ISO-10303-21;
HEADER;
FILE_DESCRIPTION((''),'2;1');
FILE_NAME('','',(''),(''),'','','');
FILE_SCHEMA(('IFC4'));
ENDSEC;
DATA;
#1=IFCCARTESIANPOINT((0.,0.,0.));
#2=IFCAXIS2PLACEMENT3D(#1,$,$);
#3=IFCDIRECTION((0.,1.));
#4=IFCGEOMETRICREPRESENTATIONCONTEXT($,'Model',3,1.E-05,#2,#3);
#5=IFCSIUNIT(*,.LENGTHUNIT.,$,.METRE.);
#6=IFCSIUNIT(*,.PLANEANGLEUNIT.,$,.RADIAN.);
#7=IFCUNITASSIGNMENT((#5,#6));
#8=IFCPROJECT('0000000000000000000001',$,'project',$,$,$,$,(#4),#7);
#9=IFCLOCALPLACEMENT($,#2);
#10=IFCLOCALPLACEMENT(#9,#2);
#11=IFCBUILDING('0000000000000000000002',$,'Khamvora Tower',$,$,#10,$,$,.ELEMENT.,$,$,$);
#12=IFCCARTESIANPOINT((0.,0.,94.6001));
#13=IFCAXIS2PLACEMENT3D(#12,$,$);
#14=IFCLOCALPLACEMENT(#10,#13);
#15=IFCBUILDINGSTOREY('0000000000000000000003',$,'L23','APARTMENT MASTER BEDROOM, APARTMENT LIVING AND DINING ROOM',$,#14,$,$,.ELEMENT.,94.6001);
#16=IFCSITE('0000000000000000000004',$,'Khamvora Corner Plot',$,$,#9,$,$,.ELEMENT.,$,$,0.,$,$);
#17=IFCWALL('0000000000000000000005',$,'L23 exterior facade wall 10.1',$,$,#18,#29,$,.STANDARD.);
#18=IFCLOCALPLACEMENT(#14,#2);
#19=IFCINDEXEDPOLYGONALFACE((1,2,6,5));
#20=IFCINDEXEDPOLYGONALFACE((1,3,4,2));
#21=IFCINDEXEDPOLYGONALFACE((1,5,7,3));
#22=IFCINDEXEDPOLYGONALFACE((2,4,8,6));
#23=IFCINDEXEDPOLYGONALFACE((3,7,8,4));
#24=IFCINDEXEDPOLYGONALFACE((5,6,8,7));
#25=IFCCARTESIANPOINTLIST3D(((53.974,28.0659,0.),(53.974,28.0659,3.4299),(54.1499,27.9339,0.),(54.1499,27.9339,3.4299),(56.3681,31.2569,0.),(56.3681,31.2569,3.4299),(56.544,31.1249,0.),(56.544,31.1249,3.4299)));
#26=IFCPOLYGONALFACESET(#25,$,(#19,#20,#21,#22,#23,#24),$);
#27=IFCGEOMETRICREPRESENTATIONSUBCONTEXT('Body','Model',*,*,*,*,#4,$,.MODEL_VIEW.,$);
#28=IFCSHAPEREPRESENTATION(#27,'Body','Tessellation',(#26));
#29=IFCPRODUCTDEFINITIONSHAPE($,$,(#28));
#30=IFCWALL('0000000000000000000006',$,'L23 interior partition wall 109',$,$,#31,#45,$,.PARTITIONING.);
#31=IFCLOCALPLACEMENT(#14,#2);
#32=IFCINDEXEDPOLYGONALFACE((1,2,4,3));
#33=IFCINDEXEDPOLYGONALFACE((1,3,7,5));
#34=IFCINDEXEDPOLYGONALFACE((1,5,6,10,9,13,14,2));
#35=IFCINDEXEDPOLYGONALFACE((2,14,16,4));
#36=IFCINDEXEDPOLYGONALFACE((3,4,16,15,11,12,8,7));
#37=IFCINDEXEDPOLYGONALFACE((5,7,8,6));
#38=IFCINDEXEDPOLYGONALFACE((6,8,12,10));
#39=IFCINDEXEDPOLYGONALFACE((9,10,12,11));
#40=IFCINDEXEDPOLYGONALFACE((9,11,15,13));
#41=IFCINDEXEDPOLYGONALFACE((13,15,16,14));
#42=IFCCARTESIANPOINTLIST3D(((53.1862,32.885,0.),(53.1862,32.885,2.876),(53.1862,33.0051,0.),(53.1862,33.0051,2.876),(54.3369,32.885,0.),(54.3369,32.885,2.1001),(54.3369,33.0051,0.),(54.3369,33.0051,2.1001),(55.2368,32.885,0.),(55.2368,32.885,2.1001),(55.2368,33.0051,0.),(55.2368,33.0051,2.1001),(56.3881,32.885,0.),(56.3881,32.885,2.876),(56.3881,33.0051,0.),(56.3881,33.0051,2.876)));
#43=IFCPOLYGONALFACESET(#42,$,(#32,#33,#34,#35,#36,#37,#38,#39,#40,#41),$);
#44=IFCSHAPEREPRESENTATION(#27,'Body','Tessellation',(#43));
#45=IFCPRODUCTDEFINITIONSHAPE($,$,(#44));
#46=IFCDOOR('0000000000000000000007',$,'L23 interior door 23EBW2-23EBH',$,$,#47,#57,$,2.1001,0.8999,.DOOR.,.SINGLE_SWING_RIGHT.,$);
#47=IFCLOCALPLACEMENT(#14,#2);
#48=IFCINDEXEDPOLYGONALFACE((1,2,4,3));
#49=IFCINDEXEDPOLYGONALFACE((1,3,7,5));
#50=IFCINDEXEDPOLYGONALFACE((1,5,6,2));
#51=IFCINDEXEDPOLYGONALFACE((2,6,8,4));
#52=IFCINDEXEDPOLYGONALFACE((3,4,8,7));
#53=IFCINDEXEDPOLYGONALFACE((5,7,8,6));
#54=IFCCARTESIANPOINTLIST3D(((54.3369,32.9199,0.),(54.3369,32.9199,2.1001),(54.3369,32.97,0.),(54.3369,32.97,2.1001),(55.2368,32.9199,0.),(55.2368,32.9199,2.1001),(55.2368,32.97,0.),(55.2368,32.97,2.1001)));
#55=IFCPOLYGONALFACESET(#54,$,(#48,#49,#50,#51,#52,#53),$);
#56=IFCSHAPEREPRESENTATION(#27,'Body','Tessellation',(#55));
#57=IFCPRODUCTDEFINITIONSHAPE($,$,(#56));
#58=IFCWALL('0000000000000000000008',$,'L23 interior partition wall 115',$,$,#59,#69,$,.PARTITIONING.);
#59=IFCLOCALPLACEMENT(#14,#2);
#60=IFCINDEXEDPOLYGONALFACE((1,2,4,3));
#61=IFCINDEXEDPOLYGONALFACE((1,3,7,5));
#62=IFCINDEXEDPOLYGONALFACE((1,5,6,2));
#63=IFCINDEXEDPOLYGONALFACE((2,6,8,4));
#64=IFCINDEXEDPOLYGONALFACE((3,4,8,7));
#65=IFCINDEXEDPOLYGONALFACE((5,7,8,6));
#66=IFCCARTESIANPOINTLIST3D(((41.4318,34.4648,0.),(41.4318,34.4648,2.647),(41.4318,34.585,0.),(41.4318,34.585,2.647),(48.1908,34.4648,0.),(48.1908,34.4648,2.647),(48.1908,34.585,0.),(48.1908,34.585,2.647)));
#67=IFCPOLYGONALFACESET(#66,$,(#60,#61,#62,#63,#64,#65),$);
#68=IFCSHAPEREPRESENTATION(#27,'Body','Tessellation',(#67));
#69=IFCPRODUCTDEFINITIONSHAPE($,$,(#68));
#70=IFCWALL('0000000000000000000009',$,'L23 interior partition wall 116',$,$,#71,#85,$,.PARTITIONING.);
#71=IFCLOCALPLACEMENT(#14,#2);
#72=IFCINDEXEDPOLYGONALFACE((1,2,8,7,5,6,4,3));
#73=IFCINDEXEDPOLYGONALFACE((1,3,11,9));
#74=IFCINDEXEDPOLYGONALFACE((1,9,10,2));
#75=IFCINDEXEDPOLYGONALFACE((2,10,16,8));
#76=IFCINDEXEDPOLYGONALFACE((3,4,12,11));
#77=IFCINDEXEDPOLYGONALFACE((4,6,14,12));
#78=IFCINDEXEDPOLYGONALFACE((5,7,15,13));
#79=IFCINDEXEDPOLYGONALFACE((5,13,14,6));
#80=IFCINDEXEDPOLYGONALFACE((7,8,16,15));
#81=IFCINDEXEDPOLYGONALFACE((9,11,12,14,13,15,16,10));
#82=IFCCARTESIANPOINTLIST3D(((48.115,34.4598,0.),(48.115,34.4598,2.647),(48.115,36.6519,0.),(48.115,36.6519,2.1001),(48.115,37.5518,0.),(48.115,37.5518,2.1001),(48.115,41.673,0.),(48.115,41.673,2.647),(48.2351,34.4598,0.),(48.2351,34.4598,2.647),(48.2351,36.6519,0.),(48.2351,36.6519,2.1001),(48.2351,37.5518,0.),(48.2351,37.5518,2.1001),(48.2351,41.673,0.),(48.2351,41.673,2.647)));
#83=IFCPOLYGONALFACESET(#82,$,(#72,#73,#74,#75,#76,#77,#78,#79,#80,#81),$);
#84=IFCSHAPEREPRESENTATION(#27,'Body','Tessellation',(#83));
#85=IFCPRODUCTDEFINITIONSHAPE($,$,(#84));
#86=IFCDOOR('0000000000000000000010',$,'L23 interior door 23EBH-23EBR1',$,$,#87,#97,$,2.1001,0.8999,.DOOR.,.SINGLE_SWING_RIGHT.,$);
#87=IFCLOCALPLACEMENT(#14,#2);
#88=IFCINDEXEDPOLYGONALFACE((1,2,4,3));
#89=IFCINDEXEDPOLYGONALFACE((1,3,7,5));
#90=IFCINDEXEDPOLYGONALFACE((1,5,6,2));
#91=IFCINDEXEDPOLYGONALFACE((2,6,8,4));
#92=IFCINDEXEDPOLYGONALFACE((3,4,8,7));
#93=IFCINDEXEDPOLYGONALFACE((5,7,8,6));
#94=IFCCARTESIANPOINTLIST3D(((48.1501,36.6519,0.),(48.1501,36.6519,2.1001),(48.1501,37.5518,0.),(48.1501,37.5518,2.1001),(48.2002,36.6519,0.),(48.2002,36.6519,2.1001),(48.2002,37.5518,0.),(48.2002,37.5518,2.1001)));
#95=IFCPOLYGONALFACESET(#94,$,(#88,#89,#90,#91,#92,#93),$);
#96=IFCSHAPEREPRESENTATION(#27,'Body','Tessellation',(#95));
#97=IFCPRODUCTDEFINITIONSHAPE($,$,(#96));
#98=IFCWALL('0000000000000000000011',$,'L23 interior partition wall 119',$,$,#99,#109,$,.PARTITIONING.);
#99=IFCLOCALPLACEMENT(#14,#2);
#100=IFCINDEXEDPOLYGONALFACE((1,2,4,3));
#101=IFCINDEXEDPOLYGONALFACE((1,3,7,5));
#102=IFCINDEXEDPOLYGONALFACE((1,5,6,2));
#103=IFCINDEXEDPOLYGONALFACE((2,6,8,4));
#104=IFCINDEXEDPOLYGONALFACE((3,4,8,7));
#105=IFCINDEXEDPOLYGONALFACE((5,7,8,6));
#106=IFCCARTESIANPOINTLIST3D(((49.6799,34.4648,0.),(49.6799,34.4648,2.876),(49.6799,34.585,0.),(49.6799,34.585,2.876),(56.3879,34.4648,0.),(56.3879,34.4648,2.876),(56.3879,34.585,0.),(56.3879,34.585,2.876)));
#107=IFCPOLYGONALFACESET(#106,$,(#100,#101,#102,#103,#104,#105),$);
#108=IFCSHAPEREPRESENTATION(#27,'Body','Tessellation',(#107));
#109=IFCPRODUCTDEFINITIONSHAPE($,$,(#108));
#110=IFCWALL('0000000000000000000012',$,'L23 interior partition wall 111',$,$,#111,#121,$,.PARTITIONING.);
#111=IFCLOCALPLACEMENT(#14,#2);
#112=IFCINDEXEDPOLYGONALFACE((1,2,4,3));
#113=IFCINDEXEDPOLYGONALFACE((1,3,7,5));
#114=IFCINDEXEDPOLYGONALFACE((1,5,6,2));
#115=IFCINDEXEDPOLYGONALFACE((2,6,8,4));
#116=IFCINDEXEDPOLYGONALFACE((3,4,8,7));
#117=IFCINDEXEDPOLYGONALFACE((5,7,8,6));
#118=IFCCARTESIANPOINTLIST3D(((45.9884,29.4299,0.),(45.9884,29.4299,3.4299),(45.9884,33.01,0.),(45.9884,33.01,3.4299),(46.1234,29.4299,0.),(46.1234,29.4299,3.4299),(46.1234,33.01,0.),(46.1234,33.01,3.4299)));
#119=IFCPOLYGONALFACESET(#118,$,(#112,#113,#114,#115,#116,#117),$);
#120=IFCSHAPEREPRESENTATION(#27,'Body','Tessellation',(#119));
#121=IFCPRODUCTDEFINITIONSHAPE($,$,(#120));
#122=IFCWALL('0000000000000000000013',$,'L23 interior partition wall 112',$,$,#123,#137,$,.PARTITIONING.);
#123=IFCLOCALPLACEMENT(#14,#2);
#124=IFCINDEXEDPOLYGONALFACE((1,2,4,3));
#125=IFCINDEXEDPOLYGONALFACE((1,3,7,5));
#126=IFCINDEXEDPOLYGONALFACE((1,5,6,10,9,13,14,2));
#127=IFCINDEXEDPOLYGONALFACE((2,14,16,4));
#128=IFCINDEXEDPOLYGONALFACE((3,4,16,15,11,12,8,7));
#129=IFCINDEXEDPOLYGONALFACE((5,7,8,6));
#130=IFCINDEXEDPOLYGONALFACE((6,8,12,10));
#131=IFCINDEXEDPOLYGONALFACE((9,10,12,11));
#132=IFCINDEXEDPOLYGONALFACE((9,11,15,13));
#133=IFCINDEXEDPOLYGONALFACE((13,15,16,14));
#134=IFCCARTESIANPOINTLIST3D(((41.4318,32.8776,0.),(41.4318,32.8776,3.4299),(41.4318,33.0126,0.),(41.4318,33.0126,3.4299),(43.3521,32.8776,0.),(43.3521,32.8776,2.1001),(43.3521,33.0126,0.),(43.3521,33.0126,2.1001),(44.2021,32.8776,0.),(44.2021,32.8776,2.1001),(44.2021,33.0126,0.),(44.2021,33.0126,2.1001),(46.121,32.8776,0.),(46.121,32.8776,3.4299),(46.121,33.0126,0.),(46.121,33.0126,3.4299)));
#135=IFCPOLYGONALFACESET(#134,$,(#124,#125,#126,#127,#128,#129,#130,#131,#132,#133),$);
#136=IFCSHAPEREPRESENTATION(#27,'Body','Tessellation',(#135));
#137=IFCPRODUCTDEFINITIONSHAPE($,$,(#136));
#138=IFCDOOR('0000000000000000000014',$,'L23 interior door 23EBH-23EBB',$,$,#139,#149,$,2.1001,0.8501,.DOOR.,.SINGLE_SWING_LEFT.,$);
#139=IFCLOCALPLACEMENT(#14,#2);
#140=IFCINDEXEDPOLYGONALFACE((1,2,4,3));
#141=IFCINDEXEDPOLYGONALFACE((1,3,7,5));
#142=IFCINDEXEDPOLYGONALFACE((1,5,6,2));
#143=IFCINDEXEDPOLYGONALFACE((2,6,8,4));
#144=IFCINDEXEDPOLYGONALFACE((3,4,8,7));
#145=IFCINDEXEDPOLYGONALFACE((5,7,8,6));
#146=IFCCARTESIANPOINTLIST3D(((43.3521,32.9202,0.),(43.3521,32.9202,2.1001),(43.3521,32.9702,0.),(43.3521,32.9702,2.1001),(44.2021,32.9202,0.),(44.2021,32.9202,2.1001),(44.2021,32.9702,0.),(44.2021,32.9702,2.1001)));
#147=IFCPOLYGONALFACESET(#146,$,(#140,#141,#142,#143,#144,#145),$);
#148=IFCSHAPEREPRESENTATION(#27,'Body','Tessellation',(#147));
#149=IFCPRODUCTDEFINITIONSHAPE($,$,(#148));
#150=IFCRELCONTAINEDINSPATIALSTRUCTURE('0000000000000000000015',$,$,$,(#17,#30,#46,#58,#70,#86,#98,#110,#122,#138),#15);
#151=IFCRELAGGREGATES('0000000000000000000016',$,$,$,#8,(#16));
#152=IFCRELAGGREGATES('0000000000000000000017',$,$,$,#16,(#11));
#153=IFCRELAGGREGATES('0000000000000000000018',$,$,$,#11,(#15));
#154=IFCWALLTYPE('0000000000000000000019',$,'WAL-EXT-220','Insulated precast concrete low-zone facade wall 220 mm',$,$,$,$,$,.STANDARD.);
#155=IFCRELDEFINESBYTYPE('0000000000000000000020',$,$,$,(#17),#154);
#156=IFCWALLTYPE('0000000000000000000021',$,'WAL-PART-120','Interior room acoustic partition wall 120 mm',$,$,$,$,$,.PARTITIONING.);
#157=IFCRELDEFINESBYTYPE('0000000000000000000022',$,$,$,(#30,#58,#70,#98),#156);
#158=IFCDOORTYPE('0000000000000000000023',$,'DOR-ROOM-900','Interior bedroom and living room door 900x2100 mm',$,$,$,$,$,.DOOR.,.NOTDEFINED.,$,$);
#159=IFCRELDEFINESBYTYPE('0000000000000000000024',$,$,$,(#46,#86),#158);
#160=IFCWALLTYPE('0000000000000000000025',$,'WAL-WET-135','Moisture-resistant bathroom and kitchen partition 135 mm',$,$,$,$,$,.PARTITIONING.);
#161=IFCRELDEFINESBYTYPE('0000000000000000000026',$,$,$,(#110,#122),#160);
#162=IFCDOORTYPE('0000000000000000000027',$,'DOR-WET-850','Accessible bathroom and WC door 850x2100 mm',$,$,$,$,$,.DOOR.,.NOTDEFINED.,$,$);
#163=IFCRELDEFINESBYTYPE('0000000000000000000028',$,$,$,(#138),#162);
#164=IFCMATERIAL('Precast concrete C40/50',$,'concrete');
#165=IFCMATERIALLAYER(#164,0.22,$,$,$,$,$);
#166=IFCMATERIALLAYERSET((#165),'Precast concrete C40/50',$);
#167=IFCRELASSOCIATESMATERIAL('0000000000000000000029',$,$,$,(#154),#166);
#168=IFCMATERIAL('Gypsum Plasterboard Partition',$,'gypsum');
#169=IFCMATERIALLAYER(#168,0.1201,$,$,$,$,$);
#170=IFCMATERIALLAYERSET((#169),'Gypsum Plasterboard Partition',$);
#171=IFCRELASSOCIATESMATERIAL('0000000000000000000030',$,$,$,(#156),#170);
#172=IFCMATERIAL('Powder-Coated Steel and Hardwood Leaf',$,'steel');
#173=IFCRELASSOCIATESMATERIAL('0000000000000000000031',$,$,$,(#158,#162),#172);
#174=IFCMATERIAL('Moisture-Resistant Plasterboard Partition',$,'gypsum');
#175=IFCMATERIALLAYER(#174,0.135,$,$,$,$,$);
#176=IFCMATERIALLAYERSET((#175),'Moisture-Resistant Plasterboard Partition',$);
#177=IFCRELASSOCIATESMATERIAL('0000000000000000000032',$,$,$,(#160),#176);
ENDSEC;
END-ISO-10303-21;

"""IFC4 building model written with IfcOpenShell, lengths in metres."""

from ifc_helpers import new_model, si_unit, direction, frame, frame_2d, origin, place, context, subcontext, project, spatial, rectangle, extrude, material, layer, layer_set, type_object, element, fill, save


model = new_model("IFC4")

# Units and contexts
model_context = context("Model", 3, precision=1e-05, world=origin(), true_north=direction((0.0, 1.0)))
body_context = subcontext(model_context, "Body", "Model", "MODEL_VIEW")
ifc_project = project(units=[si_unit("LENGTHUNIT", "METRE"), si_unit("PLANEANGLEUNIT", "RADIAN")], contexts=[model_context])

# Site, building, storey
site_placement = place(None, origin())
site = spatial("IfcSite", under=ifc_project, at=site_placement, Name="Khamvora Corner Plot", CompositionType="ELEMENT", RefElevation=0.0)
building_placement = place(site_placement, origin())
building = spatial("IfcBuilding", under=site, at=building_placement, Name="Khamvora Tower", CompositionType="ELEMENT")
storey_placement = place(building_placement, frame((0.0, 0.0, 94.6001)))
storey = spatial("IfcBuildingStorey", under=building, at=storey_placement, Name="L23", Description="APARTMENT MASTER BEDROOM, APARTMENT LIVING AND DINING ROOM", CompositionType="ELEMENT", Elevation=94.6001)

# Shared definitions
ifc_material_1 = material(Name="Powder-Coated Steel and Hardwood Leaf", Category="steel")

# Wall
ifc_material_2 = material(Name="Precast concrete C40/50", Category="concrete")
ifc_layer_1 = layer(ifc_material_2, 0.22)
ifc_layer_set_1 = layer_set([ifc_layer_1], Name="Precast concrete C40/50")
wall_type_1 = type_object("IfcWallType", Name="WAL-EXT-220", Description="Insulated precast concrete low-zone facade wall 220 mm", PredefinedType="STANDARD", material=ifc_layer_set_1)
wall_1_placement = place(storey_placement, frame((56.4561, 31.1909, 0.0), z_axis=(0.0, 0.0, 1.0), x_axis=(-0.600137, -0.799897, 0.0)))
element("IfcWall", 1, at=wall_1_placement, inside=storey, type_object=wall_type_1, Name="L23 exterior facade wall 10.1", PredefinedType="STANDARD", context=body_context, shape_type="SweptSolid", body=[
    extrude(rectangle(XDim=3.9893, YDim=0.22, at=frame_2d((1.9946, 0.0))), origin(), (0.0, 0.0, 1.0), 3.4299),
])

# Wall, opening, door
ifc_material_3 = material(Name="Gypsum Plasterboard Partition", Category="gypsum")
ifc_layer_2 = layer(ifc_material_3, 0.1201)
ifc_layer_set_2 = layer_set([ifc_layer_2], Name="Gypsum Plasterboard Partition")
wall_type_2 = type_object("IfcWallType", Name="WAL-PART-120", Description="Interior room acoustic partition wall 120 mm", PredefinedType="PARTITIONING", material=ifc_layer_set_2)
wall_2_placement = place(storey_placement, frame((53.186, 32.9451, 0.0), z_axis=(0.0, 0.0, 1.0), x_axis=(1.0, 0.0, 0.0)))
wall_2 = element("IfcWall", 2, at=wall_2_placement, inside=storey, type_object=wall_type_2, Name="L23 interior partition wall 109", PredefinedType="PARTITIONING", context=body_context, shape_type="SweptSolid", body=[
    extrude(rectangle(XDim=3.2019, YDim=0.1201, at=frame_2d((1.6011, 0.0))), origin(), (0.0, 0.0, 1.0), 2.876),
])
opening_1_placement = place(wall_2_placement, frame((1.1509, 0.0, 0.0)))
opening_1 = element("IfcOpeningElement", 3, at=opening_1_placement, cuts=wall_2, PredefinedType="OPENING", context=body_context, shape_type="SweptSolid", body=[
    extrude(rectangle(XDim=0.8999, YDim=2.1001, at=frame_2d((0.45, 1.05))), frame((0.0, 0.0701, 0.0), z_axis=(0.0, -1.0, 0.0), x_axis=(1.0, 0.0, 0.0)), (0.0, 0.0, 1.0), 0.1401),
])
door_type_1 = type_object("IfcDoorType", Name="DOR-ROOM-900", Description="Interior bedroom and living room door 900x2100 mm", OperationType="NOTDEFINED", PredefinedType="DOOR", material=ifc_material_1)
door_1_placement = place(opening_1_placement, origin())
door_1 = element("IfcDoor", 4, at=door_1_placement, inside=storey, type_object=door_type_1, Name="L23 interior door 23EBW2-23EBH", OperationType="SINGLE_SWING_RIGHT", OverallHeight=2.1001, OverallWidth=0.8999, PredefinedType="DOOR", context=body_context, shape_type="SweptSolid", body=[
    extrude(rectangle(XDim=0.8999, YDim=2.1001, at=frame_2d((0.45, 1.05))), frame((0.0, 0.0249, 0.0), z_axis=(0.0, -1.0, 0.0), x_axis=(1.0, 0.0, 0.0)), (0.0, 0.0, 1.0), 0.05),
])
fill(opening_1, door_1)

# Wall
wall_3_placement = place(storey_placement, frame((41.4319, 34.5249, 0.0), z_axis=(0.0, 0.0, 1.0), x_axis=(1.0, 0.0, 0.0)))
element("IfcWall", 5, at=wall_3_placement, inside=storey, type_object=wall_type_2, Name="L23 interior partition wall 115", PredefinedType="PARTITIONING", context=body_context, shape_type="SweptSolid", body=[
    extrude(rectangle(XDim=6.759, YDim=0.1201, at=frame_2d((3.3794, 0.0))), origin(), (0.0, 0.0, 1.0), 2.647),
])

# Wall, opening, door
wall_4_placement = place(storey_placement, frame((48.175, 34.46, 0.0), z_axis=(0.0, 0.0, 1.0), x_axis=(0.0, 1.0, 0.0)))
wall_4 = element("IfcWall", 6, at=wall_4_placement, inside=storey, type_object=wall_type_2, Name="L23 interior partition wall 116", PredefinedType="PARTITIONING", context=body_context, shape_type="SweptSolid", body=[
    extrude(rectangle(XDim=7.2131, YDim=0.1201, at=frame_2d((3.6064, 0.0))), origin(), (0.0, 0.0, 1.0), 2.647),
])
opening_2_placement = place(wall_4_placement, frame((2.1919, 0.0, 0.0)))
opening_2 = element("IfcOpeningElement", 7, at=opening_2_placement, cuts=wall_4, PredefinedType="OPENING", context=body_context, shape_type="SweptSolid", body=[
    extrude(rectangle(XDim=0.8999, YDim=2.1001, at=frame_2d((0.45, 1.05))), frame((0.0, 0.0701, 0.0), z_axis=(0.0, -1.0, 0.0), x_axis=(1.0, 0.0, 0.0)), (0.0, 0.0, 1.0), 0.1401),
])
door_2_placement = place(opening_2_placement, origin())
door_2 = element("IfcDoor", 8, at=door_2_placement, inside=storey, type_object=door_type_1, Name="L23 interior door 23EBH-23EBR1", OperationType="SINGLE_SWING_RIGHT", OverallHeight=2.1001, OverallWidth=0.8999, PredefinedType="DOOR", context=body_context, shape_type="SweptSolid", body=[
    extrude(rectangle(XDim=0.8999, YDim=2.1001, at=frame_2d((0.45, 1.05))), frame((0.0, 0.0249, 0.0), z_axis=(0.0, -1.0, 0.0), x_axis=(1.0, 0.0, 0.0)), (0.0, 0.0, 1.0), 0.05),
])
fill(opening_2, door_2)

# Walls
wall_5_placement = place(storey_placement, frame((49.6799, 34.5249, 0.0), z_axis=(0.0, 0.0, 1.0), x_axis=(1.0, 0.0, 0.0)))
element("IfcWall", 9, at=wall_5_placement, inside=storey, type_object=wall_type_2, Name="L23 interior partition wall 119", PredefinedType="PARTITIONING", context=body_context, shape_type="SweptSolid", body=[
    extrude(rectangle(XDim=6.708, YDim=0.1201, at=frame_2d((3.354, 0.0))), origin(), (0.0, 0.0, 1.0), 2.876),
])
ifc_material_4 = material(Name="Moisture-Resistant Plasterboard Partition", Category="gypsum")
ifc_layer_3 = layer(ifc_material_4, 0.135)
ifc_layer_set_3 = layer_set([ifc_layer_3], Name="Moisture-Resistant Plasterboard Partition")
wall_type_3 = type_object("IfcWallType", Name="WAL-WET-135", Description="Moisture-resistant bathroom and kitchen partition 135 mm", PredefinedType="PARTITIONING", material=ifc_layer_set_3)
wall_6_placement = place(storey_placement, frame((46.0559, 29.4299, 0.0), z_axis=(0.0, 0.0, 1.0), x_axis=(0.0, 1.0, 0.0)))
element("IfcWall", 10, at=wall_6_placement, inside=storey, type_object=wall_type_3, Name="L23 interior partition wall 111", PredefinedType="PARTITIONING", context=body_context, shape_type="SweptSolid", body=[
    extrude(rectangle(XDim=3.5801, YDim=0.135, at=frame_2d((1.79, 0.0))), origin(), (0.0, 0.0, 1.0), 3.4299),
])

# Wall, opening, door
wall_7_placement = place(storey_placement, frame((46.1211, 32.9451, 0.0), z_axis=(0.0, 0.0, 1.0), x_axis=(-1.0, 0.0, 0.0)))
wall_7 = element("IfcWall", 11, at=wall_7_placement, inside=storey, type_object=wall_type_3, Name="L23 interior partition wall 112", PredefinedType="PARTITIONING", context=body_context, shape_type="SweptSolid", body=[
    extrude(rectangle(XDim=4.6892, YDim=0.135, at=frame_2d((2.3447, 0.0))), origin(), (0.0, 0.0, 1.0), 3.4299),
])
opening_3_placement = place(wall_7_placement, frame((1.9189, 0.0, 0.0)))
opening_3 = element("IfcOpeningElement", 12, at=opening_3_placement, cuts=wall_7, PredefinedType="OPENING", context=body_context, shape_type="SweptSolid", body=[
    extrude(rectangle(XDim=0.8501, YDim=2.1001, at=frame_2d((0.425, 1.05))), frame((0.0, 0.0774, 0.0), z_axis=(0.0, -1.0, 0.0), x_axis=(1.0, 0.0, 0.0)), (0.0, 0.0, 1.0), 0.155),
])
door_type_2 = type_object("IfcDoorType", Name="DOR-WET-850", Description="Accessible bathroom and WC door 850x2100 mm", OperationType="NOTDEFINED", PredefinedType="DOOR", material=ifc_material_1)
door_3_placement = place(opening_3_placement, origin())
door_3 = element("IfcDoor", 13, at=door_3_placement, inside=storey, type_object=door_type_2, Name="L23 interior door 23EBH-23EBB", OperationType="SINGLE_SWING_LEFT", OverallHeight=2.1001, OverallWidth=0.8501, PredefinedType="DOOR", context=body_context, shape_type="SweptSolid", body=[
    extrude(rectangle(XDim=0.8501, YDim=2.1001, at=frame_2d((0.425, 1.05))), frame((0.0, 0.0249, 0.0), z_axis=(0.0, -1.0, 0.0), x_axis=(1.0, 0.0, 0.0)), (0.0, 0.0, 1.0), 0.05),
])
fill(opening_3, door_3)

save(model, "model.ifc")
